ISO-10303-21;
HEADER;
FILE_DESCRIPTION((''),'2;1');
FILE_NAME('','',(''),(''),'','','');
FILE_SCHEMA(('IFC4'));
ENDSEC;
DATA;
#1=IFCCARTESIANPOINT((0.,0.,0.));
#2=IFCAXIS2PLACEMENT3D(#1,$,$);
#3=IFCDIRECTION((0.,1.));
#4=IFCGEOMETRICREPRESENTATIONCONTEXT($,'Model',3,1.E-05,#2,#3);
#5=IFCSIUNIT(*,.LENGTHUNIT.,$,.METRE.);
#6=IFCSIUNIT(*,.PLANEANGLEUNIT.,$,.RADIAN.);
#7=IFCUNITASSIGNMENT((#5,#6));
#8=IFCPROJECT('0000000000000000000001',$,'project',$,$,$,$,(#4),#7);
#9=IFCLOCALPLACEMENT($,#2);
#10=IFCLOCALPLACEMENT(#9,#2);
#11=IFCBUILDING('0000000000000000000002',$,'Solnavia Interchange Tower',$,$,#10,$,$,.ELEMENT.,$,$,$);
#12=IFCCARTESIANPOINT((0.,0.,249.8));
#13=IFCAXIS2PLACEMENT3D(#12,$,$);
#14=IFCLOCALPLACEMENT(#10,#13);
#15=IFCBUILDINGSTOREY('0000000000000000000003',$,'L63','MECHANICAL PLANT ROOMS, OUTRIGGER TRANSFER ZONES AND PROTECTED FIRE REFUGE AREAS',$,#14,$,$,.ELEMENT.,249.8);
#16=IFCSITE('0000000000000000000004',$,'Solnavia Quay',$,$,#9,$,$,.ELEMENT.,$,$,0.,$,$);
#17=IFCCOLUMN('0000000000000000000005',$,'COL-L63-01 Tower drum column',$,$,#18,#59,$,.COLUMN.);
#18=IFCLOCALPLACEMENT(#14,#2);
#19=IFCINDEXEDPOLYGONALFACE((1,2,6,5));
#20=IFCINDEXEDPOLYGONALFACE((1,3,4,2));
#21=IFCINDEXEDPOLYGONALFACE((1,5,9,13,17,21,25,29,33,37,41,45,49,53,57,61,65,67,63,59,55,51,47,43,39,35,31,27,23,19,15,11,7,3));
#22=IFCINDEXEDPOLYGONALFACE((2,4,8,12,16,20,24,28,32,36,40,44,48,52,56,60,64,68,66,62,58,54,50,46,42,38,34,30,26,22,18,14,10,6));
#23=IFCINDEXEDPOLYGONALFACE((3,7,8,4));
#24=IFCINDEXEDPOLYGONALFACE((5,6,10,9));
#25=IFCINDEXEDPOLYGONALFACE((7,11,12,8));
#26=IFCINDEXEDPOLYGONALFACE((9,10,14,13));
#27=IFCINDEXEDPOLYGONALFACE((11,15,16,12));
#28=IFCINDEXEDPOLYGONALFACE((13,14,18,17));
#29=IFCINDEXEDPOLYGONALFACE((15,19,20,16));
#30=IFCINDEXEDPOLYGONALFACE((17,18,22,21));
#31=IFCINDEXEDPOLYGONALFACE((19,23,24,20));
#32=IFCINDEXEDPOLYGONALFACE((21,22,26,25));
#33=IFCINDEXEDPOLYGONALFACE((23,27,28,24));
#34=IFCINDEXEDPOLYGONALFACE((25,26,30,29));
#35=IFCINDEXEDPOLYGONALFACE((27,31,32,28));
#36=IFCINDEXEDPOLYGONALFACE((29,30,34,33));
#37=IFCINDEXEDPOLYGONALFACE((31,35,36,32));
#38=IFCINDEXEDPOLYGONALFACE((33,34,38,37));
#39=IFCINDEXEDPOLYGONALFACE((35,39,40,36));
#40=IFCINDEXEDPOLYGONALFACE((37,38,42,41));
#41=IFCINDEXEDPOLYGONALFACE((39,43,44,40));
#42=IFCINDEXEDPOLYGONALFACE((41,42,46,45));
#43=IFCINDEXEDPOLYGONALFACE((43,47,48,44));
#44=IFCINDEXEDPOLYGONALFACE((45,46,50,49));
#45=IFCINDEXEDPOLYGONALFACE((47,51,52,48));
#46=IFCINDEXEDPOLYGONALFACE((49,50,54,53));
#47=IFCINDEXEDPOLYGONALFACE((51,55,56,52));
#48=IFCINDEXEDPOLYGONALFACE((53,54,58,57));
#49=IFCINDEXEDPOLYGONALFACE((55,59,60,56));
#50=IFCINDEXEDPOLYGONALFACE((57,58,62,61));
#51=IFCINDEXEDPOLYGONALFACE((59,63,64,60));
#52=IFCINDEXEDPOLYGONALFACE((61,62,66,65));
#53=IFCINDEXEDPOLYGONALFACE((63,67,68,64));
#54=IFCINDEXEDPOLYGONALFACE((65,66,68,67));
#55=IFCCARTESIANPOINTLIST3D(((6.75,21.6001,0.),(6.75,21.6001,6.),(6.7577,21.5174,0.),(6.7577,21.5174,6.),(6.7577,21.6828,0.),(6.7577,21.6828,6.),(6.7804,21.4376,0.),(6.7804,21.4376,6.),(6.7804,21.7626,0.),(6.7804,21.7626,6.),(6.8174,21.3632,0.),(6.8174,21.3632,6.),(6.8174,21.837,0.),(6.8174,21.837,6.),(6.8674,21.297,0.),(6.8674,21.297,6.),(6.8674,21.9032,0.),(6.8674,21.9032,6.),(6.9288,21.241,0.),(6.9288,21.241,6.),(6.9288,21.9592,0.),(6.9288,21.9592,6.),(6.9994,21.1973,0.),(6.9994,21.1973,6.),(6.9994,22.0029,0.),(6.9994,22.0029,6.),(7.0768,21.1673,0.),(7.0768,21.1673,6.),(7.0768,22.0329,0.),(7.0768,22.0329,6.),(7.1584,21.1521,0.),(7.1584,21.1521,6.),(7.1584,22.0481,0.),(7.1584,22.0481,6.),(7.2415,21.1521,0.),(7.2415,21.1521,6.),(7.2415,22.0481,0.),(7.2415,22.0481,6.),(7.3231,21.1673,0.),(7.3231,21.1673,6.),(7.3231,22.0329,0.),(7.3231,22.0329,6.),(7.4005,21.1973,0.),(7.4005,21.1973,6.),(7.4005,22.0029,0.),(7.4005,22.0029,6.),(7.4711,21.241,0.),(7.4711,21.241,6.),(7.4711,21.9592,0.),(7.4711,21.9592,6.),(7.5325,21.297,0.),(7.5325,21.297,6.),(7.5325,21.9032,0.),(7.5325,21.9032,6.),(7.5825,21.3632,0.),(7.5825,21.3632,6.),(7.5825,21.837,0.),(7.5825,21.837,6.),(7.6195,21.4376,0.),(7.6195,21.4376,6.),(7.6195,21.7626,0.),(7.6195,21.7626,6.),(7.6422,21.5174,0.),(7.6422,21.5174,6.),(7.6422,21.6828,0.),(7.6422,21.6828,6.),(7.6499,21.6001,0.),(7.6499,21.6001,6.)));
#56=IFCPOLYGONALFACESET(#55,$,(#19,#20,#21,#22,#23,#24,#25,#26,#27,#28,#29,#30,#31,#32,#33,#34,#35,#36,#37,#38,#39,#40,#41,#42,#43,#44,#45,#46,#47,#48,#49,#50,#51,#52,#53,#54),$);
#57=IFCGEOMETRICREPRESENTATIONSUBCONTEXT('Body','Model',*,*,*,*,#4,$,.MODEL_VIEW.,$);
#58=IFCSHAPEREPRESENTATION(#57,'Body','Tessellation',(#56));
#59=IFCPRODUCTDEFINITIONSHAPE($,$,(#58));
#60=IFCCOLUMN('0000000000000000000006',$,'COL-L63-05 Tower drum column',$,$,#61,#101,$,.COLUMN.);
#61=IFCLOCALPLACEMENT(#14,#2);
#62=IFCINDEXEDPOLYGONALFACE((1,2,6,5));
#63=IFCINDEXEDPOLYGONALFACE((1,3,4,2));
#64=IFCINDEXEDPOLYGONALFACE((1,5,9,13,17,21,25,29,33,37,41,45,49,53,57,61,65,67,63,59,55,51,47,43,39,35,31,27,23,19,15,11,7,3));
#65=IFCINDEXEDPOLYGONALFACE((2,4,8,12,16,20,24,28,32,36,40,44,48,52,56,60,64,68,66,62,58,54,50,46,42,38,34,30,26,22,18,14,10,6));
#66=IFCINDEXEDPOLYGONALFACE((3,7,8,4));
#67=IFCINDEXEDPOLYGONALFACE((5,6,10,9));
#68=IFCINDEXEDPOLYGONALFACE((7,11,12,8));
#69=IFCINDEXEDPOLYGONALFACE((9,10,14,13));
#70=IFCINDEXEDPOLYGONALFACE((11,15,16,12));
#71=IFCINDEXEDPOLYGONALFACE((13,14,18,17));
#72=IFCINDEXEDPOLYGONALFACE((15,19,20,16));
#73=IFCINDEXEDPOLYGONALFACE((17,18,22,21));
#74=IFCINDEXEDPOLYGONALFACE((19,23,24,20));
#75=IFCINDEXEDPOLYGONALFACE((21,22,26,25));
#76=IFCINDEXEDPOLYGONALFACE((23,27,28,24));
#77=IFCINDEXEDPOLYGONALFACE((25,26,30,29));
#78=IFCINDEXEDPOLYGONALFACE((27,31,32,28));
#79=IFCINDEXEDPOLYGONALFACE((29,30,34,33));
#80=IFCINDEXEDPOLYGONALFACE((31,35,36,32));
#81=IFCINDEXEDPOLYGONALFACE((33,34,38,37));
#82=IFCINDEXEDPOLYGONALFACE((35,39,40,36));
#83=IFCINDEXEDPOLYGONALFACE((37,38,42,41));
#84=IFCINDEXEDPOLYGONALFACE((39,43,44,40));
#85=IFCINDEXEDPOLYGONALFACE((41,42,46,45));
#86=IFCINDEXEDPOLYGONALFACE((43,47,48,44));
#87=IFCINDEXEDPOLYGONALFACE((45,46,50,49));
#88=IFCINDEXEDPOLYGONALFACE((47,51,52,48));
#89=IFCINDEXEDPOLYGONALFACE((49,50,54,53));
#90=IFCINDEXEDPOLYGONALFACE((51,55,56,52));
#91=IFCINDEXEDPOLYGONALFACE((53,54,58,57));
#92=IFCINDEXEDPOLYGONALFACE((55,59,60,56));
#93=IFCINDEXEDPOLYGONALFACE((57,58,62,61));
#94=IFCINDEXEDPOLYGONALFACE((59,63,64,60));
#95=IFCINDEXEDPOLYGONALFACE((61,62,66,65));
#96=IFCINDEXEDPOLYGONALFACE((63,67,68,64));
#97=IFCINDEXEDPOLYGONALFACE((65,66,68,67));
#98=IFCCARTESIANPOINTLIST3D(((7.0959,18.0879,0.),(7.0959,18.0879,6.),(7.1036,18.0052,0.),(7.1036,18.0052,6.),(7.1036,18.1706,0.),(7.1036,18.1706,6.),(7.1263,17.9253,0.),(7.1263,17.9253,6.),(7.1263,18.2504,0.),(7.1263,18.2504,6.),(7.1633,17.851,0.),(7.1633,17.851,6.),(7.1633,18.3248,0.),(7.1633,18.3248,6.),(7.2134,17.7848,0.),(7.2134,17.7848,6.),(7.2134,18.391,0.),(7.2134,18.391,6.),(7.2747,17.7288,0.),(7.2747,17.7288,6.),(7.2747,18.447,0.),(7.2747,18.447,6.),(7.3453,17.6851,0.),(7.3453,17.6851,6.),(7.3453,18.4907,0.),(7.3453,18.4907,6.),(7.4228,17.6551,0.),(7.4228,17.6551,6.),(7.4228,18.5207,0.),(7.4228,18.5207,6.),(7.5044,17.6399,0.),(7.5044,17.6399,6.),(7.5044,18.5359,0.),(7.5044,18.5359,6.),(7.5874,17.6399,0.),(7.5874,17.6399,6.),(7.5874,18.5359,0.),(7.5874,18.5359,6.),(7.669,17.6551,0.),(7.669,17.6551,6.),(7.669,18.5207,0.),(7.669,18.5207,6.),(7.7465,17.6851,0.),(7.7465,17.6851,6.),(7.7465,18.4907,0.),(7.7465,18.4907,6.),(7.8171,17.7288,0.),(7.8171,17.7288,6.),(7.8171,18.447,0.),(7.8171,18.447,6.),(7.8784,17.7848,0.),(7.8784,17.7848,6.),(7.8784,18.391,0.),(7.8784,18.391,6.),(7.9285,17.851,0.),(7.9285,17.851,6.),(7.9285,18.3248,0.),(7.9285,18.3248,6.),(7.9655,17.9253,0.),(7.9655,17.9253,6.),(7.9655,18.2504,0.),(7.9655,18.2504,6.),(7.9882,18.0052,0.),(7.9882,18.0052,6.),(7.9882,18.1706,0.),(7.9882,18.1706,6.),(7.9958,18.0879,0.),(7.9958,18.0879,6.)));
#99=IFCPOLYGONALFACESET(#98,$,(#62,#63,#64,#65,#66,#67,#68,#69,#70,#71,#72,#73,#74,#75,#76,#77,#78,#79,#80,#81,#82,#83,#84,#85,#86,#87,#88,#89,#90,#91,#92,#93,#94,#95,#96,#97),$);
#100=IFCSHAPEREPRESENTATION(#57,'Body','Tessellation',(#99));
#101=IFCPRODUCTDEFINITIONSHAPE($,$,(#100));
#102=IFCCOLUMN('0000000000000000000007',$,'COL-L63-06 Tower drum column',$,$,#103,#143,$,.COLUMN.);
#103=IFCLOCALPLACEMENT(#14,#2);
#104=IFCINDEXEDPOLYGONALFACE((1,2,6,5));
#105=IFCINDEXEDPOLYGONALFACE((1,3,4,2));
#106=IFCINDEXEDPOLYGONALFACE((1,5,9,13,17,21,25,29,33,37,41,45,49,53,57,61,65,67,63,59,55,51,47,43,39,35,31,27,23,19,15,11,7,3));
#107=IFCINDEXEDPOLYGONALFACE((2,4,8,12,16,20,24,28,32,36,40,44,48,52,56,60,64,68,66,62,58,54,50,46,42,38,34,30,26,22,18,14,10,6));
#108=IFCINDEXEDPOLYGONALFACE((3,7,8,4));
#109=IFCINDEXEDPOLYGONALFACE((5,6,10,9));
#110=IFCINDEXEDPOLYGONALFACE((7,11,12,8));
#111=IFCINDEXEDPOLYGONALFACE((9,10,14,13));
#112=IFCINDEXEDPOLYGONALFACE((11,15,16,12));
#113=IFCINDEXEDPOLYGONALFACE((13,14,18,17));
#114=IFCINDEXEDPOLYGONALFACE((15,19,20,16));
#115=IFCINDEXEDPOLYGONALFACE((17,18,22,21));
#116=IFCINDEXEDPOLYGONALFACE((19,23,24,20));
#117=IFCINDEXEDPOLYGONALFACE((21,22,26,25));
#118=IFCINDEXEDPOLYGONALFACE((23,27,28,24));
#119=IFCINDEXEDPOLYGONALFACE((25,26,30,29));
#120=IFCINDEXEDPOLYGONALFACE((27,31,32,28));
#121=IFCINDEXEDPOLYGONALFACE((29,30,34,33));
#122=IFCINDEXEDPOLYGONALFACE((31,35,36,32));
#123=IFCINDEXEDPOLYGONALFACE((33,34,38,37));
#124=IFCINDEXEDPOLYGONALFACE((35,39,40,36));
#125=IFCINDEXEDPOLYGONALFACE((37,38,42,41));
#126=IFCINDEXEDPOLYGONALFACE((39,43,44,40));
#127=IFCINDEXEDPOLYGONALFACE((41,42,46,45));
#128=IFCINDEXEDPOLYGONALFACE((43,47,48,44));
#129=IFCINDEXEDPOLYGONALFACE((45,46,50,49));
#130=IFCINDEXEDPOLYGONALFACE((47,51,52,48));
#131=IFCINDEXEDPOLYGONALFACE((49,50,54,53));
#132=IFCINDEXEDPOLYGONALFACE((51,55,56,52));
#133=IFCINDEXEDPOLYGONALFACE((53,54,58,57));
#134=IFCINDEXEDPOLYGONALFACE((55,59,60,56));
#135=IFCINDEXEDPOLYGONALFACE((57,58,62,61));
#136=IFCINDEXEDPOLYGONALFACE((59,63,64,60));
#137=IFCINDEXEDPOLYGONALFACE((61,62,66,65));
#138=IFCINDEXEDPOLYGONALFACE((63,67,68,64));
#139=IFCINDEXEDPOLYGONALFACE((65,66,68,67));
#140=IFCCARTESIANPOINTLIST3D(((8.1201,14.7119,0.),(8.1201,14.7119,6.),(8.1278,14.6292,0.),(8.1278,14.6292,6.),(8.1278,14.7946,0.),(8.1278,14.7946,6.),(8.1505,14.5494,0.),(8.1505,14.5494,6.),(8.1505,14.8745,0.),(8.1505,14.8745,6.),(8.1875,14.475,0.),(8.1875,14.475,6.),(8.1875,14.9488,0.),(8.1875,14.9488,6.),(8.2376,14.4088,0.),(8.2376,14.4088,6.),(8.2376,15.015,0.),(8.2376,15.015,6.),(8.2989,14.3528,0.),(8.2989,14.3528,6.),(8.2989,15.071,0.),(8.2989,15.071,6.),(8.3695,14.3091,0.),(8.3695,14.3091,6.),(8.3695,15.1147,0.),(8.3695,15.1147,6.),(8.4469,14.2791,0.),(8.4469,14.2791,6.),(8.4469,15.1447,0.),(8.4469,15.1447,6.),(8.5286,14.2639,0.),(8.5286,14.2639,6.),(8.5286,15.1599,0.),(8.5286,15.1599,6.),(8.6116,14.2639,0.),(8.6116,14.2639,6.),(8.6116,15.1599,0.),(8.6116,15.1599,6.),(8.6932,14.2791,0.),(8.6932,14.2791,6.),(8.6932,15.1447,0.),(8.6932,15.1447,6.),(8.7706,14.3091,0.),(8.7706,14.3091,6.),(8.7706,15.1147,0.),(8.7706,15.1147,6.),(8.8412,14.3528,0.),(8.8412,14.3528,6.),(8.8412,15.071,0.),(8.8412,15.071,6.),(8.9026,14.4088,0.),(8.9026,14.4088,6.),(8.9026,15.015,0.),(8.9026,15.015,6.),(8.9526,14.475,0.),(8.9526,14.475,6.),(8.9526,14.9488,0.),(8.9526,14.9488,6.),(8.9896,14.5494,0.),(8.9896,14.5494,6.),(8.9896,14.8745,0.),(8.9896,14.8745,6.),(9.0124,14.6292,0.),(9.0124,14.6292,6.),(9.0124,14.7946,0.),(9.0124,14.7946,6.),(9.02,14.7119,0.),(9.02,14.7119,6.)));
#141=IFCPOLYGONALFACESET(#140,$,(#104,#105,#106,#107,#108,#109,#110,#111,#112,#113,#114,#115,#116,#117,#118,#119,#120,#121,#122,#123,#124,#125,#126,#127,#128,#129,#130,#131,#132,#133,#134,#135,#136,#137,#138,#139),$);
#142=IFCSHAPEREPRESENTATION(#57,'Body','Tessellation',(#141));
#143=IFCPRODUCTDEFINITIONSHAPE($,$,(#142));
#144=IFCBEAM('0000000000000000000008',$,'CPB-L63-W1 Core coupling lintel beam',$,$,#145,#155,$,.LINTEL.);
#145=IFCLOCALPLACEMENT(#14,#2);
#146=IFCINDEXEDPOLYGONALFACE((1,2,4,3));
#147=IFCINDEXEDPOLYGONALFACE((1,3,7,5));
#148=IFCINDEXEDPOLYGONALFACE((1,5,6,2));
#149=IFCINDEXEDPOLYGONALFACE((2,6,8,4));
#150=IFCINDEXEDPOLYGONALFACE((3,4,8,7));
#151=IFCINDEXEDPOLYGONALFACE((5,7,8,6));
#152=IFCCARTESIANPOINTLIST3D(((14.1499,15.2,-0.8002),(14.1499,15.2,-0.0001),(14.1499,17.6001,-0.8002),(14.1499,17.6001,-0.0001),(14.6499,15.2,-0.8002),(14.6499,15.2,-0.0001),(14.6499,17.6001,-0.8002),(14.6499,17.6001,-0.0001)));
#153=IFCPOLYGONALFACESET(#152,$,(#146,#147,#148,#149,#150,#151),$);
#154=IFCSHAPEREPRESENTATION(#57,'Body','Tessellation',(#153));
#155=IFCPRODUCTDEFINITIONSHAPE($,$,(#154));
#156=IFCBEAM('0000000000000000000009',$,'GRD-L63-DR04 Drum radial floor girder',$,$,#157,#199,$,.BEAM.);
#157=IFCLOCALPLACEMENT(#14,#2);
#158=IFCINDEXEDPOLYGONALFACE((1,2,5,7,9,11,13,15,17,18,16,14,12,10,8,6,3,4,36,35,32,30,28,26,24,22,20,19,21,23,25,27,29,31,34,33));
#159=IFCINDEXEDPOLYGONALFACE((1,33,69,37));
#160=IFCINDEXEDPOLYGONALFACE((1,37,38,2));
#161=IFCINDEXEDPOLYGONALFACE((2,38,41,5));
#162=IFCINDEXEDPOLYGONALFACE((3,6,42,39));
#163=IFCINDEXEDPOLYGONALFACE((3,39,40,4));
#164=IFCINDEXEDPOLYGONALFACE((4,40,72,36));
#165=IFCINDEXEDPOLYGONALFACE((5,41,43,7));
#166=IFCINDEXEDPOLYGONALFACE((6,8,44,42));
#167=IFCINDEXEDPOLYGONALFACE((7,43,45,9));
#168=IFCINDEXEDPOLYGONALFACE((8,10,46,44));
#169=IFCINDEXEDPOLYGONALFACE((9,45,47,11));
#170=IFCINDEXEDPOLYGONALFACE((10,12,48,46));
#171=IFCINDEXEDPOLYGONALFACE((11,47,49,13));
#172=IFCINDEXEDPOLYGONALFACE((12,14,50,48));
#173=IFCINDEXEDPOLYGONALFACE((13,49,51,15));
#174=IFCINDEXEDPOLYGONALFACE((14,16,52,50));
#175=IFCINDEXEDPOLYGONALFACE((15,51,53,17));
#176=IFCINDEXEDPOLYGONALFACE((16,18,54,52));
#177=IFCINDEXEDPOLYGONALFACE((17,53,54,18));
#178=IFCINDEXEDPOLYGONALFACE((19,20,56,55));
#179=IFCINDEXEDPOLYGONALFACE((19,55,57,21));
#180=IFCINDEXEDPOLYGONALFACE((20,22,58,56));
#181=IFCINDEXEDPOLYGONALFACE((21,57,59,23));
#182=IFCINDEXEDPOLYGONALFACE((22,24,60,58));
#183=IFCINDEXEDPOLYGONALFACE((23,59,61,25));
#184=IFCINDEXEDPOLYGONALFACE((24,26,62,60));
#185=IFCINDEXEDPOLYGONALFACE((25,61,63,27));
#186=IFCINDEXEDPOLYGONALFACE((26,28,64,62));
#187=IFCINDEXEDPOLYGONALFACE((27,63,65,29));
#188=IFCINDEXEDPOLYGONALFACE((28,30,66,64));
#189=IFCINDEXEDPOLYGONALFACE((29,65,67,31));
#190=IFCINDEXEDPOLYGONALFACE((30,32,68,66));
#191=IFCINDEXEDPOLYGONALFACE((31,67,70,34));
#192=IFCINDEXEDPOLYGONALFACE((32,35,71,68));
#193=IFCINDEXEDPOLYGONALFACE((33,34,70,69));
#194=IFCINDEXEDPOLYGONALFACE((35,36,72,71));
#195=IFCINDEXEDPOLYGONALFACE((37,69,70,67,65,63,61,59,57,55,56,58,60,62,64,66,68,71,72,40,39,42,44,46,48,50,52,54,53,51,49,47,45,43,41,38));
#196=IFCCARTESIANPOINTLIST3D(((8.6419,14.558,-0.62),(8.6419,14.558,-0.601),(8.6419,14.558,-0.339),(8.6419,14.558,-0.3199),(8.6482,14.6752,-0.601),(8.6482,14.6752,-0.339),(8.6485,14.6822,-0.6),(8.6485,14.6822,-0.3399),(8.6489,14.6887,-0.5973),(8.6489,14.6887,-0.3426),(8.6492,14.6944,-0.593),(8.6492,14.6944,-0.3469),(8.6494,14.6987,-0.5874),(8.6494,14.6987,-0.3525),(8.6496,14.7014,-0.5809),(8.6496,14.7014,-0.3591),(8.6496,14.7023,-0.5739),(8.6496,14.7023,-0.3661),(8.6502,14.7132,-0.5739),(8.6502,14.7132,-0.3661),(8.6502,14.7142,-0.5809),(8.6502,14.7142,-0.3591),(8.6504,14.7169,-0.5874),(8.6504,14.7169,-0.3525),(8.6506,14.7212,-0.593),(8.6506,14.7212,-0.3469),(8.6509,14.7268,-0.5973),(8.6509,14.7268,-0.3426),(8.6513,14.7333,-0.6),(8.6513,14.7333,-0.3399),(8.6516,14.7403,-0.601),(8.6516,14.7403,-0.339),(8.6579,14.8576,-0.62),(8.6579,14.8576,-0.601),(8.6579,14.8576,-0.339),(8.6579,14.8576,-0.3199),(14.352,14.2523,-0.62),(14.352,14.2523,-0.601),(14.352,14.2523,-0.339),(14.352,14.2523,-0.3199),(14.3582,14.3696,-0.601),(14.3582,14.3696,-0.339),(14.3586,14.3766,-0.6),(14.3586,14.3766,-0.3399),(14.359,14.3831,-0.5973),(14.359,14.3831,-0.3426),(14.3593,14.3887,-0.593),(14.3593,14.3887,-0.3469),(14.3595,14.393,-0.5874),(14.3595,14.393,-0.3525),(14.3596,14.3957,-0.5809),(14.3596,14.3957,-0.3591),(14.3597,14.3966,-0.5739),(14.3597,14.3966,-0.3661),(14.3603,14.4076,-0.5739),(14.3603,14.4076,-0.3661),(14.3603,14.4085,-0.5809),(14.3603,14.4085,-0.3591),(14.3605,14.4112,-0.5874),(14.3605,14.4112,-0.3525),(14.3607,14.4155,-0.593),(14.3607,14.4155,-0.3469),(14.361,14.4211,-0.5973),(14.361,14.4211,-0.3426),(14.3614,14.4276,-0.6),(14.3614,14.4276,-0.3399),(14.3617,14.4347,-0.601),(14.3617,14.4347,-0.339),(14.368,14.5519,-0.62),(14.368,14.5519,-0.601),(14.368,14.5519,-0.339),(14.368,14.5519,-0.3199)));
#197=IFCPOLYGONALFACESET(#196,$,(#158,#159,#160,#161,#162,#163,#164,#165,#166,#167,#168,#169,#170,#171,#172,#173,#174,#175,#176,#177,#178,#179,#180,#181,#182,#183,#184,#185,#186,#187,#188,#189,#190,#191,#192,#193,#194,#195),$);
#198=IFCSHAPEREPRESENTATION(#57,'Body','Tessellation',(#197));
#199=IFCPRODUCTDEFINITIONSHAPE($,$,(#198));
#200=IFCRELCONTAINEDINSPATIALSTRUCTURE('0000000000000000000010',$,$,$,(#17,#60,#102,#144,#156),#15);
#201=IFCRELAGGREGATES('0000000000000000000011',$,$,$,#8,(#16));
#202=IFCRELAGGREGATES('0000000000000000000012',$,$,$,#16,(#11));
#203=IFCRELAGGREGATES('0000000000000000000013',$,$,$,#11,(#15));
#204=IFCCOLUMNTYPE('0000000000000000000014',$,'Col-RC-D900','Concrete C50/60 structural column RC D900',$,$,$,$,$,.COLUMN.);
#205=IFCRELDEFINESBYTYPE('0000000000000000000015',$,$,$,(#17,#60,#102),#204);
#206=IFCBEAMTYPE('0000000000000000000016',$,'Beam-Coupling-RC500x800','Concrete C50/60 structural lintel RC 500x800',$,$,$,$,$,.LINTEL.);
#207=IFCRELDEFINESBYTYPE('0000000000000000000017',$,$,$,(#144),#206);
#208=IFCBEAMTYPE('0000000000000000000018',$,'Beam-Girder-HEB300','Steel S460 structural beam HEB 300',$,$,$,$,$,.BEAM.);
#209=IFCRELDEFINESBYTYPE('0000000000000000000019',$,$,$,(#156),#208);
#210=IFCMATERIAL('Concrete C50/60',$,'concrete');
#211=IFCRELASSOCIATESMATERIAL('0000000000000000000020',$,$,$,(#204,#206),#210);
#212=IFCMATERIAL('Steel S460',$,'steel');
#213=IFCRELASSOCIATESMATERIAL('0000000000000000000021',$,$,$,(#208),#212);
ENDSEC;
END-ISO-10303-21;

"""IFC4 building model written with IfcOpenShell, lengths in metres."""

from ifc_helpers import new_model, si_unit, direction, frame, origin, origin_2d, place, context, subcontext, project, spatial, rectangle, circle, i_section, extrude, material, material_profile, profile_set, type_object, element, save


model = new_model("IFC4")

# Units and contexts
model_context = context("Model", 3, precision=1e-05, world=origin(), true_north=direction((0.0, 1.0)))
body_context = subcontext(model_context, "Body", "Model", "MODEL_VIEW")
ifc_project = project(units=[si_unit("LENGTHUNIT", "METRE"), si_unit("PLANEANGLEUNIT", "RADIAN")], contexts=[model_context])

# Site, building, storey
site_placement = place(None, origin())
site = spatial("IfcSite", under=ifc_project, at=site_placement, Name="Solnavia Quay", CompositionType="ELEMENT", RefElevation=0.0)
building_placement = place(site_placement, origin())
building = spatial("IfcBuilding", under=site, at=building_placement, Name="Solnavia Interchange Tower", CompositionType="ELEMENT")
storey_placement = place(building_placement, frame((0.0, 0.0, 249.8)))
storey = spatial("IfcBuildingStorey", under=building, at=storey_placement, Name="L63", Description="MECHANICAL PLANT ROOMS, OUTRIGGER TRANSFER ZONES AND PROTECTED FIRE REFUGE AREAS", CompositionType="ELEMENT", Elevation=249.8)

# Columns
ifc_material_1 = material(Name="Concrete C50/60", Category="concrete")
ifc_material_profile_1 = material_profile(ifc_material_1, circle(Radius=0.45, at=origin_2d()), Name="RC D900")
ifc_profile_set_1 = profile_set([ifc_material_profile_1], Name="Concrete C50/60")
column_type = type_object("IfcColumnType", Name="Col-RC-D900", Description="Concrete C50/60 structural column RC D900", PredefinedType="COLUMN", material=ifc_profile_set_1)
for number, where, z_axis, x_axis, name in (
    (1, (7.2, 21.6001, 0.0), (0.0, 0.0, 1.0), (1.0, 0.0, 0.0), "COL-L63-01 Tower drum column"),
    (2, (7.5459, 18.0879, 0.0), (0.0, 0.0, 1.0), (1.0, 0.0, 0.0), "COL-L63-05 Tower drum column"),
    (3, (8.5701, 14.7119, 0.0), (0.0, 0.0, 1.0), (1.0, 0.0, 0.0), "COL-L63-06 Tower drum column"),
):
    element("IfcColumn", number, at=place(storey_placement, frame(where, z_axis=z_axis, x_axis=x_axis)), inside=storey, type_object=column_type, Name=name, PredefinedType="COLUMN", context=body_context, shape_type="SweptSolid", body=[
        extrude(circle(Radius=0.45, at=origin_2d()), origin(), (0.0, 0.0, 1.0), 6.0),
    ])

# Beams
ifc_material_profile_2 = material_profile(ifc_material_1, rectangle(XDim=0.5, YDim=0.8, at=origin_2d()), Name="RC 500x800")
ifc_profile_set_2 = profile_set([ifc_material_profile_2], Name="Concrete C50/60")
beam_type_1 = type_object("IfcBeamType", Name="Beam-Coupling-RC500x800", Description="Concrete C50/60 structural lintel RC 500x800", PredefinedType="LINTEL", material=ifc_profile_set_2)
beam_1_placement = place(storey_placement, frame((14.3999, 15.2, -0.4001), z_axis=(0.0, 1.0, 0.0), x_axis=(-1.0, 0.0, 0.0)))
element("IfcBeam", 4, at=beam_1_placement, inside=storey, type_object=beam_type_1, Name="CPB-L63-W1 Core coupling lintel beam", PredefinedType="LINTEL", context=body_context, shape_type="SweptSolid", body=[
    extrude(rectangle(XDim=0.5, YDim=0.8, at=origin_2d()), origin(), (0.0, 0.0, 1.0), 2.4001),
])
ifc_material_2 = material(Name="Steel S460", Category="steel")
ifc_material_profile_3 = material_profile(ifc_material_2, i_section(OverallWidth=0.3, OverallDepth=0.3, WebThickness=0.011, FlangeThickness=0.019, FilletRadius=0.0271, at=origin_2d()), Name="HEB 300")
ifc_profile_set_3 = profile_set([ifc_material_profile_3], Name="Steel S460")
beam_type_2 = type_object("IfcBeamType", Name="Beam-Girder-HEB300", Description="Steel S460 structural beam HEB 300", PredefinedType="BEAM", material=ifc_profile_set_3)
beam_2_placement = place(storey_placement, frame((8.6499, 14.7078, -0.47), z_axis=(0.99857, -0.053453, 0.0), x_axis=(0.053453, 0.99857, 0.0)))
element("IfcBeam", 5, at=beam_2_placement, inside=storey, type_object=beam_type_2, Name="GRD-L63-DR04 Drum radial floor girder", PredefinedType="BEAM", context=body_context, shape_type="SweptSolid", body=[
    extrude(i_section(OverallWidth=0.3, OverallDepth=0.3, WebThickness=0.011, FlangeThickness=0.019, FilletRadius=0.0271, at=origin_2d()), origin(), (0.0, 0.0, 1.0), 5.7183),
])

save(model, "model.ifc")
